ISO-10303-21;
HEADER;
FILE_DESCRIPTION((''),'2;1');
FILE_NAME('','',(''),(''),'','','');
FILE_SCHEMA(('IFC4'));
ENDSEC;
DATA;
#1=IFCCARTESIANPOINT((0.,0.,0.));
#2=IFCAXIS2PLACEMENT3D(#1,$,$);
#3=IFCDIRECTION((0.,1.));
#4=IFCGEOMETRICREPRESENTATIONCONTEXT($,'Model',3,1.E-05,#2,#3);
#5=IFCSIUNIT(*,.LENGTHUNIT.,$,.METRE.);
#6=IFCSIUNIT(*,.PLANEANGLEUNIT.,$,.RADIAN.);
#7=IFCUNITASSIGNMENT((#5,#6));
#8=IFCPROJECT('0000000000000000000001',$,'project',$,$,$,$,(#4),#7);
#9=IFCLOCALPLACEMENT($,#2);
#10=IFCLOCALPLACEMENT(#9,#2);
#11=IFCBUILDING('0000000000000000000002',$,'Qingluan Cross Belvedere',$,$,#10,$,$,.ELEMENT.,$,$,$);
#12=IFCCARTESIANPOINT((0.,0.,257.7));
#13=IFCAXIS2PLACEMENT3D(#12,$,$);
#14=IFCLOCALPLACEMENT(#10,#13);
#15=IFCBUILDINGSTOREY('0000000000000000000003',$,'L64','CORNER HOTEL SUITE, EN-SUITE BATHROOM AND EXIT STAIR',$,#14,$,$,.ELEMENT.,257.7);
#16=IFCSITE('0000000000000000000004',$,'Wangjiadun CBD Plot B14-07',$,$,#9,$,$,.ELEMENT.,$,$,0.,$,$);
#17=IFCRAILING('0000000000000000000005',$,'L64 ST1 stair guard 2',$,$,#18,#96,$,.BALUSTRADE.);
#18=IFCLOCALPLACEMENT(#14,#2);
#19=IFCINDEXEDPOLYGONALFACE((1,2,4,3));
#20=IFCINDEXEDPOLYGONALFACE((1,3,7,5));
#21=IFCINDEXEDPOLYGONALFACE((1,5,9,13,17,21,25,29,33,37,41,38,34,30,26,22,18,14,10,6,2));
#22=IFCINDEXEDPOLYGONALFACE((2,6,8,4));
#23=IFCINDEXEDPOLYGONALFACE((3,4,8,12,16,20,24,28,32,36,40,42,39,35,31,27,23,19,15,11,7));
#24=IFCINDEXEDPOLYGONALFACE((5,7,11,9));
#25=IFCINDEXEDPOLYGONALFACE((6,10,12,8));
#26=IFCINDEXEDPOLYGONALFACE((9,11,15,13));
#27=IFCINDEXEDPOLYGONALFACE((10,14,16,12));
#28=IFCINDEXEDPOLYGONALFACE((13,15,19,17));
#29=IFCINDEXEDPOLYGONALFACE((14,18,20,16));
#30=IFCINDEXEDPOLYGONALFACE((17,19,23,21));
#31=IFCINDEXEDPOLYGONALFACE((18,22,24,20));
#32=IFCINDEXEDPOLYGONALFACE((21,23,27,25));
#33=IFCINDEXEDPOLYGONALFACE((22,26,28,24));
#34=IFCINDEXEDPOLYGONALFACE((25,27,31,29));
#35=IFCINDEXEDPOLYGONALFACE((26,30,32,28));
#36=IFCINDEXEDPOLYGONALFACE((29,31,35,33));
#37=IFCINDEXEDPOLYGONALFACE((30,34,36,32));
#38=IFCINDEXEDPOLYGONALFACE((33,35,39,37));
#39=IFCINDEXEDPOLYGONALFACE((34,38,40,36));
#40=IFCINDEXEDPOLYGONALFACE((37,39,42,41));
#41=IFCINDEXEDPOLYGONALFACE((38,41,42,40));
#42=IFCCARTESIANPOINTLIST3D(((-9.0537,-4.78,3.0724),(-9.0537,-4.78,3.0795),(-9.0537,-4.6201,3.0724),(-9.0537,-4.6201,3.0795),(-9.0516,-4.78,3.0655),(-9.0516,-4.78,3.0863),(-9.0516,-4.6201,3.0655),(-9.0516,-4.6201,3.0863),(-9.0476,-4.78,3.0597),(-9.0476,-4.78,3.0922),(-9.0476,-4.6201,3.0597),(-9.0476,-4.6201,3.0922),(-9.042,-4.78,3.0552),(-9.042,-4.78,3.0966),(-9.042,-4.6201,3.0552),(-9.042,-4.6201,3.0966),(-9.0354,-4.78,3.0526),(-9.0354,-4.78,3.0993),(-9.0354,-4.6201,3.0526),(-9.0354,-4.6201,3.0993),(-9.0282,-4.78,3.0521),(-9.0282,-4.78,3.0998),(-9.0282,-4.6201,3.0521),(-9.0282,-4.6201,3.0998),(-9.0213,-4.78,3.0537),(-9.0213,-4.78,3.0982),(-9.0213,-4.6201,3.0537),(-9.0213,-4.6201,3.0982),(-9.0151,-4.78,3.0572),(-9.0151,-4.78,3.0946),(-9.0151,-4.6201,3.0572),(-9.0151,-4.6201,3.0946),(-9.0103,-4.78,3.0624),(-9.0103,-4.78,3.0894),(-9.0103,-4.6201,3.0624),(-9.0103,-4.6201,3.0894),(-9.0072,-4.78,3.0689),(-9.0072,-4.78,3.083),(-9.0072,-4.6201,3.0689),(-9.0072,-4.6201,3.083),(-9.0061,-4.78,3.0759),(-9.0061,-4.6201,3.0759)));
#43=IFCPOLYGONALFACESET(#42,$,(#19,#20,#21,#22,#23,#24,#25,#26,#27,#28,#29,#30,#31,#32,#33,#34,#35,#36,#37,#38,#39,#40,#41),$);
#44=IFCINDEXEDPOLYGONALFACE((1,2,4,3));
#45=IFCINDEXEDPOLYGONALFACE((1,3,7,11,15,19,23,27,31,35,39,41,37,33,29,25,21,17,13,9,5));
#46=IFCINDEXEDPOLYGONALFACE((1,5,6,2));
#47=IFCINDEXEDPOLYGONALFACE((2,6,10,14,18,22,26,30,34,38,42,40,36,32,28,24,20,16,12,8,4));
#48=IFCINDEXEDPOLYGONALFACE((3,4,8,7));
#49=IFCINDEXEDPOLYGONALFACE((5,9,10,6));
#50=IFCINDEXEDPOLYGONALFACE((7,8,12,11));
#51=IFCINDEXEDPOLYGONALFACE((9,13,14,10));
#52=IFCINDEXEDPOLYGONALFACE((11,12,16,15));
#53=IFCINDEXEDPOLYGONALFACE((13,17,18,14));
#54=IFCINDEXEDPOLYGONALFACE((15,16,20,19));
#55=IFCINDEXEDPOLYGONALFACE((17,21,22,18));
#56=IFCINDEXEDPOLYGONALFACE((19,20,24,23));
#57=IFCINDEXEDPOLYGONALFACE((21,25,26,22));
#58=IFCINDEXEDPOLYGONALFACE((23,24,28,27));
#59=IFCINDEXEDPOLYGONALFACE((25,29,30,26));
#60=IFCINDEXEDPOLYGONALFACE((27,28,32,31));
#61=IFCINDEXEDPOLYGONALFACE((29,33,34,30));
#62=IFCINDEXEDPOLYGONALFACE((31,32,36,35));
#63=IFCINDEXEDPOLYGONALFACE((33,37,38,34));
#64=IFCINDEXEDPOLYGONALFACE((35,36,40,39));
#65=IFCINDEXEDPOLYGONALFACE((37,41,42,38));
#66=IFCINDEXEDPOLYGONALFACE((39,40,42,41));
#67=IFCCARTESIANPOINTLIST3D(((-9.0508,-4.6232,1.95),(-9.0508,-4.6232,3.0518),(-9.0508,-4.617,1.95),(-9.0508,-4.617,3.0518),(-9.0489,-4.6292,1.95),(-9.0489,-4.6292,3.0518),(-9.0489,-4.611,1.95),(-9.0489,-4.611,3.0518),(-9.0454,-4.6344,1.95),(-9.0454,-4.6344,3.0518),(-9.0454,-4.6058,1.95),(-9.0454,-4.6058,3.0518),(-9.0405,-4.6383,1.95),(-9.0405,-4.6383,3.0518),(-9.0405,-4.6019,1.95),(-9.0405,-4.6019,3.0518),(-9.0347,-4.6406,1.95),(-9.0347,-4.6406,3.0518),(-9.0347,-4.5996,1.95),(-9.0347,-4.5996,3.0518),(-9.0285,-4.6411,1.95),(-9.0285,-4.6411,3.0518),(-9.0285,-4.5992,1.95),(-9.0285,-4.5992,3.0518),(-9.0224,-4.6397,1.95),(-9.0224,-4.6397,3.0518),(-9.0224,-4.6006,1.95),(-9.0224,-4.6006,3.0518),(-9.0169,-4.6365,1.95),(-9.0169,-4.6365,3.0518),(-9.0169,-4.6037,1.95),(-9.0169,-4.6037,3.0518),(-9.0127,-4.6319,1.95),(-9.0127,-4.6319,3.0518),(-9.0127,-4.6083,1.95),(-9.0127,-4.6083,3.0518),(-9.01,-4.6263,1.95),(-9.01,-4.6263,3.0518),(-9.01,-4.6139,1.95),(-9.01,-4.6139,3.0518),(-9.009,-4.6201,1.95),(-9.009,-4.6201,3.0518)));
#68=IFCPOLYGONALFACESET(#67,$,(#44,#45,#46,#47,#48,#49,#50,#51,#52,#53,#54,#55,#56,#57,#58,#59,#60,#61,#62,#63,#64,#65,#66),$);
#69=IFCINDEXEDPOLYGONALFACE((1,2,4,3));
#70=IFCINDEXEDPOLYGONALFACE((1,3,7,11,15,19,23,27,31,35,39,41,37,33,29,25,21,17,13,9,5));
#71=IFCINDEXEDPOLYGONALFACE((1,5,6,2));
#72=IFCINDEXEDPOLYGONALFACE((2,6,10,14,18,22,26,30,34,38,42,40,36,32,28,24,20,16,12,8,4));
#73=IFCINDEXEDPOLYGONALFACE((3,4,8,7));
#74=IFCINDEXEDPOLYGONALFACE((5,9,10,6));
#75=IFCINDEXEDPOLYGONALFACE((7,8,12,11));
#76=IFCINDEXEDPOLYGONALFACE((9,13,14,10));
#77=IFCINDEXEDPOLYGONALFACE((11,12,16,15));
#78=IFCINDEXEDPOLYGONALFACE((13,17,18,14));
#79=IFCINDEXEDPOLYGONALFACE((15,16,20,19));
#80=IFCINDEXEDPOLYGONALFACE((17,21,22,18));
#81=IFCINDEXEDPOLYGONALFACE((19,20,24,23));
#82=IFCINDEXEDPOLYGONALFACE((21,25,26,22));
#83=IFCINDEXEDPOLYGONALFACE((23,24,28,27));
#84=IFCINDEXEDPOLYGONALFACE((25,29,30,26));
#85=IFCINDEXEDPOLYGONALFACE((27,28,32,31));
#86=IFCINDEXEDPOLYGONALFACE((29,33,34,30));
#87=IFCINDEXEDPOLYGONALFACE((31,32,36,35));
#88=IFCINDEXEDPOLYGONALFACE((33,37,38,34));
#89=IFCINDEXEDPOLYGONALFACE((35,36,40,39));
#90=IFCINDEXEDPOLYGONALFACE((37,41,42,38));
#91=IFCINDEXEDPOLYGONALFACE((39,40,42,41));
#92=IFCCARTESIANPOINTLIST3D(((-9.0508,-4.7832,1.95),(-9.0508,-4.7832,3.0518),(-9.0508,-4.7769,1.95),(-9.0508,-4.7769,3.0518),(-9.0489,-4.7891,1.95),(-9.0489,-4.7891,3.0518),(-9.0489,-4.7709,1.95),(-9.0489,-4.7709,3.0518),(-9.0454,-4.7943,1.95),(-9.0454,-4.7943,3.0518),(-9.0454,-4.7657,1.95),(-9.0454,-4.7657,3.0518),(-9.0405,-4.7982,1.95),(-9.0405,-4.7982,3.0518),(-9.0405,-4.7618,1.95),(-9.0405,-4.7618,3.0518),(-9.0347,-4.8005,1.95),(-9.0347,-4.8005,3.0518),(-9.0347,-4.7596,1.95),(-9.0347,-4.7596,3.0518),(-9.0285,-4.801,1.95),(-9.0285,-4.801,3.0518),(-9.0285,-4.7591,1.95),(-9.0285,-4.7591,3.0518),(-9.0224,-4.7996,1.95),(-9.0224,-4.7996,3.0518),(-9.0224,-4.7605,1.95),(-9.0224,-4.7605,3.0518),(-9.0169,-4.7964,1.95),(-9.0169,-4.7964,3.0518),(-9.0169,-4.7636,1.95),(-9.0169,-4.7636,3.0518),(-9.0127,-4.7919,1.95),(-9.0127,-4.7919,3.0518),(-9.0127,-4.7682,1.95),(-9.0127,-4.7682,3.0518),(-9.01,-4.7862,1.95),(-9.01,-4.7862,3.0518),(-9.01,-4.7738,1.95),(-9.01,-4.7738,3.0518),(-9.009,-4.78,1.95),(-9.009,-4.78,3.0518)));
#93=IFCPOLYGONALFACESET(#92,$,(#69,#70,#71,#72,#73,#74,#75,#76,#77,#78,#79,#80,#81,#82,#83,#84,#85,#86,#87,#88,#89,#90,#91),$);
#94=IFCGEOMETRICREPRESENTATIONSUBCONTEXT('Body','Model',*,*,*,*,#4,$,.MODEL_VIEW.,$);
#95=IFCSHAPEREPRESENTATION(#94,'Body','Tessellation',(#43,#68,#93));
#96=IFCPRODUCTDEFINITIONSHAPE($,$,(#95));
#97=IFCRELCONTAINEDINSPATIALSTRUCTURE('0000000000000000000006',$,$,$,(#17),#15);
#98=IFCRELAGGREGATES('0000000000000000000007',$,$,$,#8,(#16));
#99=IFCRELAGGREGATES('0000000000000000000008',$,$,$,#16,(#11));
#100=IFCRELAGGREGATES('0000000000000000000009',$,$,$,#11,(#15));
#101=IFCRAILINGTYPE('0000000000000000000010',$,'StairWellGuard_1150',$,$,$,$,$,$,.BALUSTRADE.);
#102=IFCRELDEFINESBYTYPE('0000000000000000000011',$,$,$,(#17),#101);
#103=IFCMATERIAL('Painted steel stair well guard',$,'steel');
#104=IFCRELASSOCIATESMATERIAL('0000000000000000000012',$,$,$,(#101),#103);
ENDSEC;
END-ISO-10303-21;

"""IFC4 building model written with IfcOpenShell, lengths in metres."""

from ifc_helpers import new_model, si_unit, direction, frame, origin, origin_2d, place, context, subcontext, project, spatial, circle, extrude, material, type_object, element, save


model = new_model("IFC4")

# Units and contexts
model_context = context("Model", 3, precision=1e-05, world=origin(), true_north=direction((0.0, 1.0)))
body_context = subcontext(model_context, "Body", "Model", "MODEL_VIEW")
ifc_project = project(units=[si_unit("LENGTHUNIT", "METRE"), si_unit("PLANEANGLEUNIT", "RADIAN")], contexts=[model_context])

# Site, building, storey
site_placement = place(None, origin())
site = spatial("IfcSite", under=ifc_project, at=site_placement, Name="Wangjiadun CBD Plot B14-07", CompositionType="ELEMENT", RefElevation=0.0)
building_placement = place(site_placement, origin())
building = spatial("IfcBuilding", under=site, at=building_placement, Name="Qingluan Cross Belvedere", CompositionType="ELEMENT")
storey_placement = place(building_placement, frame((0.0, 0.0, 257.7)))
storey = spatial("IfcBuildingStorey", under=building, at=storey_placement, Name="L64", Description="CORNER HOTEL SUITE, EN-SUITE BATHROOM AND EXIT STAIR", CompositionType="ELEMENT", Elevation=257.7)

# Railing
ifc_material_1 = material(Name="Painted steel stair well guard", Category="steel")
railing_type_1 = type_object("IfcRailingType", Name="StairWellGuard_1150", PredefinedType="BALUSTRADE", material=ifc_material_1)
railing_1_placement = place(storey_placement, frame((-9.03, -4.6201, 1.95)))
element("IfcRailing", 1, at=railing_1_placement, inside=storey, type_object=railing_type_1, Name="L64 ST1 stair guard 2", PredefinedType="BALUSTRADE", context=body_context, shape_type="SweptSolid", body=[
    extrude(circle(Radius=0.0239, at=origin_2d()), frame((0.0, 0.0, 1.126), z_axis=(0.0, -1.0, 0.0), x_axis=(1.0, 0.0, 0.0)), (0.0, 0.0, 1.0), 0.1599),
    extrude(circle(Radius=0.021, at=origin_2d()), origin(), (0.0, 0.0, 1.0), 1.1018),
    extrude(circle(Radius=0.021, at=origin_2d()), frame((0.0, -0.1599, 0.0)), (0.0, 0.0, 1.0), 1.1018),
])

save(model, "model.ifc")
